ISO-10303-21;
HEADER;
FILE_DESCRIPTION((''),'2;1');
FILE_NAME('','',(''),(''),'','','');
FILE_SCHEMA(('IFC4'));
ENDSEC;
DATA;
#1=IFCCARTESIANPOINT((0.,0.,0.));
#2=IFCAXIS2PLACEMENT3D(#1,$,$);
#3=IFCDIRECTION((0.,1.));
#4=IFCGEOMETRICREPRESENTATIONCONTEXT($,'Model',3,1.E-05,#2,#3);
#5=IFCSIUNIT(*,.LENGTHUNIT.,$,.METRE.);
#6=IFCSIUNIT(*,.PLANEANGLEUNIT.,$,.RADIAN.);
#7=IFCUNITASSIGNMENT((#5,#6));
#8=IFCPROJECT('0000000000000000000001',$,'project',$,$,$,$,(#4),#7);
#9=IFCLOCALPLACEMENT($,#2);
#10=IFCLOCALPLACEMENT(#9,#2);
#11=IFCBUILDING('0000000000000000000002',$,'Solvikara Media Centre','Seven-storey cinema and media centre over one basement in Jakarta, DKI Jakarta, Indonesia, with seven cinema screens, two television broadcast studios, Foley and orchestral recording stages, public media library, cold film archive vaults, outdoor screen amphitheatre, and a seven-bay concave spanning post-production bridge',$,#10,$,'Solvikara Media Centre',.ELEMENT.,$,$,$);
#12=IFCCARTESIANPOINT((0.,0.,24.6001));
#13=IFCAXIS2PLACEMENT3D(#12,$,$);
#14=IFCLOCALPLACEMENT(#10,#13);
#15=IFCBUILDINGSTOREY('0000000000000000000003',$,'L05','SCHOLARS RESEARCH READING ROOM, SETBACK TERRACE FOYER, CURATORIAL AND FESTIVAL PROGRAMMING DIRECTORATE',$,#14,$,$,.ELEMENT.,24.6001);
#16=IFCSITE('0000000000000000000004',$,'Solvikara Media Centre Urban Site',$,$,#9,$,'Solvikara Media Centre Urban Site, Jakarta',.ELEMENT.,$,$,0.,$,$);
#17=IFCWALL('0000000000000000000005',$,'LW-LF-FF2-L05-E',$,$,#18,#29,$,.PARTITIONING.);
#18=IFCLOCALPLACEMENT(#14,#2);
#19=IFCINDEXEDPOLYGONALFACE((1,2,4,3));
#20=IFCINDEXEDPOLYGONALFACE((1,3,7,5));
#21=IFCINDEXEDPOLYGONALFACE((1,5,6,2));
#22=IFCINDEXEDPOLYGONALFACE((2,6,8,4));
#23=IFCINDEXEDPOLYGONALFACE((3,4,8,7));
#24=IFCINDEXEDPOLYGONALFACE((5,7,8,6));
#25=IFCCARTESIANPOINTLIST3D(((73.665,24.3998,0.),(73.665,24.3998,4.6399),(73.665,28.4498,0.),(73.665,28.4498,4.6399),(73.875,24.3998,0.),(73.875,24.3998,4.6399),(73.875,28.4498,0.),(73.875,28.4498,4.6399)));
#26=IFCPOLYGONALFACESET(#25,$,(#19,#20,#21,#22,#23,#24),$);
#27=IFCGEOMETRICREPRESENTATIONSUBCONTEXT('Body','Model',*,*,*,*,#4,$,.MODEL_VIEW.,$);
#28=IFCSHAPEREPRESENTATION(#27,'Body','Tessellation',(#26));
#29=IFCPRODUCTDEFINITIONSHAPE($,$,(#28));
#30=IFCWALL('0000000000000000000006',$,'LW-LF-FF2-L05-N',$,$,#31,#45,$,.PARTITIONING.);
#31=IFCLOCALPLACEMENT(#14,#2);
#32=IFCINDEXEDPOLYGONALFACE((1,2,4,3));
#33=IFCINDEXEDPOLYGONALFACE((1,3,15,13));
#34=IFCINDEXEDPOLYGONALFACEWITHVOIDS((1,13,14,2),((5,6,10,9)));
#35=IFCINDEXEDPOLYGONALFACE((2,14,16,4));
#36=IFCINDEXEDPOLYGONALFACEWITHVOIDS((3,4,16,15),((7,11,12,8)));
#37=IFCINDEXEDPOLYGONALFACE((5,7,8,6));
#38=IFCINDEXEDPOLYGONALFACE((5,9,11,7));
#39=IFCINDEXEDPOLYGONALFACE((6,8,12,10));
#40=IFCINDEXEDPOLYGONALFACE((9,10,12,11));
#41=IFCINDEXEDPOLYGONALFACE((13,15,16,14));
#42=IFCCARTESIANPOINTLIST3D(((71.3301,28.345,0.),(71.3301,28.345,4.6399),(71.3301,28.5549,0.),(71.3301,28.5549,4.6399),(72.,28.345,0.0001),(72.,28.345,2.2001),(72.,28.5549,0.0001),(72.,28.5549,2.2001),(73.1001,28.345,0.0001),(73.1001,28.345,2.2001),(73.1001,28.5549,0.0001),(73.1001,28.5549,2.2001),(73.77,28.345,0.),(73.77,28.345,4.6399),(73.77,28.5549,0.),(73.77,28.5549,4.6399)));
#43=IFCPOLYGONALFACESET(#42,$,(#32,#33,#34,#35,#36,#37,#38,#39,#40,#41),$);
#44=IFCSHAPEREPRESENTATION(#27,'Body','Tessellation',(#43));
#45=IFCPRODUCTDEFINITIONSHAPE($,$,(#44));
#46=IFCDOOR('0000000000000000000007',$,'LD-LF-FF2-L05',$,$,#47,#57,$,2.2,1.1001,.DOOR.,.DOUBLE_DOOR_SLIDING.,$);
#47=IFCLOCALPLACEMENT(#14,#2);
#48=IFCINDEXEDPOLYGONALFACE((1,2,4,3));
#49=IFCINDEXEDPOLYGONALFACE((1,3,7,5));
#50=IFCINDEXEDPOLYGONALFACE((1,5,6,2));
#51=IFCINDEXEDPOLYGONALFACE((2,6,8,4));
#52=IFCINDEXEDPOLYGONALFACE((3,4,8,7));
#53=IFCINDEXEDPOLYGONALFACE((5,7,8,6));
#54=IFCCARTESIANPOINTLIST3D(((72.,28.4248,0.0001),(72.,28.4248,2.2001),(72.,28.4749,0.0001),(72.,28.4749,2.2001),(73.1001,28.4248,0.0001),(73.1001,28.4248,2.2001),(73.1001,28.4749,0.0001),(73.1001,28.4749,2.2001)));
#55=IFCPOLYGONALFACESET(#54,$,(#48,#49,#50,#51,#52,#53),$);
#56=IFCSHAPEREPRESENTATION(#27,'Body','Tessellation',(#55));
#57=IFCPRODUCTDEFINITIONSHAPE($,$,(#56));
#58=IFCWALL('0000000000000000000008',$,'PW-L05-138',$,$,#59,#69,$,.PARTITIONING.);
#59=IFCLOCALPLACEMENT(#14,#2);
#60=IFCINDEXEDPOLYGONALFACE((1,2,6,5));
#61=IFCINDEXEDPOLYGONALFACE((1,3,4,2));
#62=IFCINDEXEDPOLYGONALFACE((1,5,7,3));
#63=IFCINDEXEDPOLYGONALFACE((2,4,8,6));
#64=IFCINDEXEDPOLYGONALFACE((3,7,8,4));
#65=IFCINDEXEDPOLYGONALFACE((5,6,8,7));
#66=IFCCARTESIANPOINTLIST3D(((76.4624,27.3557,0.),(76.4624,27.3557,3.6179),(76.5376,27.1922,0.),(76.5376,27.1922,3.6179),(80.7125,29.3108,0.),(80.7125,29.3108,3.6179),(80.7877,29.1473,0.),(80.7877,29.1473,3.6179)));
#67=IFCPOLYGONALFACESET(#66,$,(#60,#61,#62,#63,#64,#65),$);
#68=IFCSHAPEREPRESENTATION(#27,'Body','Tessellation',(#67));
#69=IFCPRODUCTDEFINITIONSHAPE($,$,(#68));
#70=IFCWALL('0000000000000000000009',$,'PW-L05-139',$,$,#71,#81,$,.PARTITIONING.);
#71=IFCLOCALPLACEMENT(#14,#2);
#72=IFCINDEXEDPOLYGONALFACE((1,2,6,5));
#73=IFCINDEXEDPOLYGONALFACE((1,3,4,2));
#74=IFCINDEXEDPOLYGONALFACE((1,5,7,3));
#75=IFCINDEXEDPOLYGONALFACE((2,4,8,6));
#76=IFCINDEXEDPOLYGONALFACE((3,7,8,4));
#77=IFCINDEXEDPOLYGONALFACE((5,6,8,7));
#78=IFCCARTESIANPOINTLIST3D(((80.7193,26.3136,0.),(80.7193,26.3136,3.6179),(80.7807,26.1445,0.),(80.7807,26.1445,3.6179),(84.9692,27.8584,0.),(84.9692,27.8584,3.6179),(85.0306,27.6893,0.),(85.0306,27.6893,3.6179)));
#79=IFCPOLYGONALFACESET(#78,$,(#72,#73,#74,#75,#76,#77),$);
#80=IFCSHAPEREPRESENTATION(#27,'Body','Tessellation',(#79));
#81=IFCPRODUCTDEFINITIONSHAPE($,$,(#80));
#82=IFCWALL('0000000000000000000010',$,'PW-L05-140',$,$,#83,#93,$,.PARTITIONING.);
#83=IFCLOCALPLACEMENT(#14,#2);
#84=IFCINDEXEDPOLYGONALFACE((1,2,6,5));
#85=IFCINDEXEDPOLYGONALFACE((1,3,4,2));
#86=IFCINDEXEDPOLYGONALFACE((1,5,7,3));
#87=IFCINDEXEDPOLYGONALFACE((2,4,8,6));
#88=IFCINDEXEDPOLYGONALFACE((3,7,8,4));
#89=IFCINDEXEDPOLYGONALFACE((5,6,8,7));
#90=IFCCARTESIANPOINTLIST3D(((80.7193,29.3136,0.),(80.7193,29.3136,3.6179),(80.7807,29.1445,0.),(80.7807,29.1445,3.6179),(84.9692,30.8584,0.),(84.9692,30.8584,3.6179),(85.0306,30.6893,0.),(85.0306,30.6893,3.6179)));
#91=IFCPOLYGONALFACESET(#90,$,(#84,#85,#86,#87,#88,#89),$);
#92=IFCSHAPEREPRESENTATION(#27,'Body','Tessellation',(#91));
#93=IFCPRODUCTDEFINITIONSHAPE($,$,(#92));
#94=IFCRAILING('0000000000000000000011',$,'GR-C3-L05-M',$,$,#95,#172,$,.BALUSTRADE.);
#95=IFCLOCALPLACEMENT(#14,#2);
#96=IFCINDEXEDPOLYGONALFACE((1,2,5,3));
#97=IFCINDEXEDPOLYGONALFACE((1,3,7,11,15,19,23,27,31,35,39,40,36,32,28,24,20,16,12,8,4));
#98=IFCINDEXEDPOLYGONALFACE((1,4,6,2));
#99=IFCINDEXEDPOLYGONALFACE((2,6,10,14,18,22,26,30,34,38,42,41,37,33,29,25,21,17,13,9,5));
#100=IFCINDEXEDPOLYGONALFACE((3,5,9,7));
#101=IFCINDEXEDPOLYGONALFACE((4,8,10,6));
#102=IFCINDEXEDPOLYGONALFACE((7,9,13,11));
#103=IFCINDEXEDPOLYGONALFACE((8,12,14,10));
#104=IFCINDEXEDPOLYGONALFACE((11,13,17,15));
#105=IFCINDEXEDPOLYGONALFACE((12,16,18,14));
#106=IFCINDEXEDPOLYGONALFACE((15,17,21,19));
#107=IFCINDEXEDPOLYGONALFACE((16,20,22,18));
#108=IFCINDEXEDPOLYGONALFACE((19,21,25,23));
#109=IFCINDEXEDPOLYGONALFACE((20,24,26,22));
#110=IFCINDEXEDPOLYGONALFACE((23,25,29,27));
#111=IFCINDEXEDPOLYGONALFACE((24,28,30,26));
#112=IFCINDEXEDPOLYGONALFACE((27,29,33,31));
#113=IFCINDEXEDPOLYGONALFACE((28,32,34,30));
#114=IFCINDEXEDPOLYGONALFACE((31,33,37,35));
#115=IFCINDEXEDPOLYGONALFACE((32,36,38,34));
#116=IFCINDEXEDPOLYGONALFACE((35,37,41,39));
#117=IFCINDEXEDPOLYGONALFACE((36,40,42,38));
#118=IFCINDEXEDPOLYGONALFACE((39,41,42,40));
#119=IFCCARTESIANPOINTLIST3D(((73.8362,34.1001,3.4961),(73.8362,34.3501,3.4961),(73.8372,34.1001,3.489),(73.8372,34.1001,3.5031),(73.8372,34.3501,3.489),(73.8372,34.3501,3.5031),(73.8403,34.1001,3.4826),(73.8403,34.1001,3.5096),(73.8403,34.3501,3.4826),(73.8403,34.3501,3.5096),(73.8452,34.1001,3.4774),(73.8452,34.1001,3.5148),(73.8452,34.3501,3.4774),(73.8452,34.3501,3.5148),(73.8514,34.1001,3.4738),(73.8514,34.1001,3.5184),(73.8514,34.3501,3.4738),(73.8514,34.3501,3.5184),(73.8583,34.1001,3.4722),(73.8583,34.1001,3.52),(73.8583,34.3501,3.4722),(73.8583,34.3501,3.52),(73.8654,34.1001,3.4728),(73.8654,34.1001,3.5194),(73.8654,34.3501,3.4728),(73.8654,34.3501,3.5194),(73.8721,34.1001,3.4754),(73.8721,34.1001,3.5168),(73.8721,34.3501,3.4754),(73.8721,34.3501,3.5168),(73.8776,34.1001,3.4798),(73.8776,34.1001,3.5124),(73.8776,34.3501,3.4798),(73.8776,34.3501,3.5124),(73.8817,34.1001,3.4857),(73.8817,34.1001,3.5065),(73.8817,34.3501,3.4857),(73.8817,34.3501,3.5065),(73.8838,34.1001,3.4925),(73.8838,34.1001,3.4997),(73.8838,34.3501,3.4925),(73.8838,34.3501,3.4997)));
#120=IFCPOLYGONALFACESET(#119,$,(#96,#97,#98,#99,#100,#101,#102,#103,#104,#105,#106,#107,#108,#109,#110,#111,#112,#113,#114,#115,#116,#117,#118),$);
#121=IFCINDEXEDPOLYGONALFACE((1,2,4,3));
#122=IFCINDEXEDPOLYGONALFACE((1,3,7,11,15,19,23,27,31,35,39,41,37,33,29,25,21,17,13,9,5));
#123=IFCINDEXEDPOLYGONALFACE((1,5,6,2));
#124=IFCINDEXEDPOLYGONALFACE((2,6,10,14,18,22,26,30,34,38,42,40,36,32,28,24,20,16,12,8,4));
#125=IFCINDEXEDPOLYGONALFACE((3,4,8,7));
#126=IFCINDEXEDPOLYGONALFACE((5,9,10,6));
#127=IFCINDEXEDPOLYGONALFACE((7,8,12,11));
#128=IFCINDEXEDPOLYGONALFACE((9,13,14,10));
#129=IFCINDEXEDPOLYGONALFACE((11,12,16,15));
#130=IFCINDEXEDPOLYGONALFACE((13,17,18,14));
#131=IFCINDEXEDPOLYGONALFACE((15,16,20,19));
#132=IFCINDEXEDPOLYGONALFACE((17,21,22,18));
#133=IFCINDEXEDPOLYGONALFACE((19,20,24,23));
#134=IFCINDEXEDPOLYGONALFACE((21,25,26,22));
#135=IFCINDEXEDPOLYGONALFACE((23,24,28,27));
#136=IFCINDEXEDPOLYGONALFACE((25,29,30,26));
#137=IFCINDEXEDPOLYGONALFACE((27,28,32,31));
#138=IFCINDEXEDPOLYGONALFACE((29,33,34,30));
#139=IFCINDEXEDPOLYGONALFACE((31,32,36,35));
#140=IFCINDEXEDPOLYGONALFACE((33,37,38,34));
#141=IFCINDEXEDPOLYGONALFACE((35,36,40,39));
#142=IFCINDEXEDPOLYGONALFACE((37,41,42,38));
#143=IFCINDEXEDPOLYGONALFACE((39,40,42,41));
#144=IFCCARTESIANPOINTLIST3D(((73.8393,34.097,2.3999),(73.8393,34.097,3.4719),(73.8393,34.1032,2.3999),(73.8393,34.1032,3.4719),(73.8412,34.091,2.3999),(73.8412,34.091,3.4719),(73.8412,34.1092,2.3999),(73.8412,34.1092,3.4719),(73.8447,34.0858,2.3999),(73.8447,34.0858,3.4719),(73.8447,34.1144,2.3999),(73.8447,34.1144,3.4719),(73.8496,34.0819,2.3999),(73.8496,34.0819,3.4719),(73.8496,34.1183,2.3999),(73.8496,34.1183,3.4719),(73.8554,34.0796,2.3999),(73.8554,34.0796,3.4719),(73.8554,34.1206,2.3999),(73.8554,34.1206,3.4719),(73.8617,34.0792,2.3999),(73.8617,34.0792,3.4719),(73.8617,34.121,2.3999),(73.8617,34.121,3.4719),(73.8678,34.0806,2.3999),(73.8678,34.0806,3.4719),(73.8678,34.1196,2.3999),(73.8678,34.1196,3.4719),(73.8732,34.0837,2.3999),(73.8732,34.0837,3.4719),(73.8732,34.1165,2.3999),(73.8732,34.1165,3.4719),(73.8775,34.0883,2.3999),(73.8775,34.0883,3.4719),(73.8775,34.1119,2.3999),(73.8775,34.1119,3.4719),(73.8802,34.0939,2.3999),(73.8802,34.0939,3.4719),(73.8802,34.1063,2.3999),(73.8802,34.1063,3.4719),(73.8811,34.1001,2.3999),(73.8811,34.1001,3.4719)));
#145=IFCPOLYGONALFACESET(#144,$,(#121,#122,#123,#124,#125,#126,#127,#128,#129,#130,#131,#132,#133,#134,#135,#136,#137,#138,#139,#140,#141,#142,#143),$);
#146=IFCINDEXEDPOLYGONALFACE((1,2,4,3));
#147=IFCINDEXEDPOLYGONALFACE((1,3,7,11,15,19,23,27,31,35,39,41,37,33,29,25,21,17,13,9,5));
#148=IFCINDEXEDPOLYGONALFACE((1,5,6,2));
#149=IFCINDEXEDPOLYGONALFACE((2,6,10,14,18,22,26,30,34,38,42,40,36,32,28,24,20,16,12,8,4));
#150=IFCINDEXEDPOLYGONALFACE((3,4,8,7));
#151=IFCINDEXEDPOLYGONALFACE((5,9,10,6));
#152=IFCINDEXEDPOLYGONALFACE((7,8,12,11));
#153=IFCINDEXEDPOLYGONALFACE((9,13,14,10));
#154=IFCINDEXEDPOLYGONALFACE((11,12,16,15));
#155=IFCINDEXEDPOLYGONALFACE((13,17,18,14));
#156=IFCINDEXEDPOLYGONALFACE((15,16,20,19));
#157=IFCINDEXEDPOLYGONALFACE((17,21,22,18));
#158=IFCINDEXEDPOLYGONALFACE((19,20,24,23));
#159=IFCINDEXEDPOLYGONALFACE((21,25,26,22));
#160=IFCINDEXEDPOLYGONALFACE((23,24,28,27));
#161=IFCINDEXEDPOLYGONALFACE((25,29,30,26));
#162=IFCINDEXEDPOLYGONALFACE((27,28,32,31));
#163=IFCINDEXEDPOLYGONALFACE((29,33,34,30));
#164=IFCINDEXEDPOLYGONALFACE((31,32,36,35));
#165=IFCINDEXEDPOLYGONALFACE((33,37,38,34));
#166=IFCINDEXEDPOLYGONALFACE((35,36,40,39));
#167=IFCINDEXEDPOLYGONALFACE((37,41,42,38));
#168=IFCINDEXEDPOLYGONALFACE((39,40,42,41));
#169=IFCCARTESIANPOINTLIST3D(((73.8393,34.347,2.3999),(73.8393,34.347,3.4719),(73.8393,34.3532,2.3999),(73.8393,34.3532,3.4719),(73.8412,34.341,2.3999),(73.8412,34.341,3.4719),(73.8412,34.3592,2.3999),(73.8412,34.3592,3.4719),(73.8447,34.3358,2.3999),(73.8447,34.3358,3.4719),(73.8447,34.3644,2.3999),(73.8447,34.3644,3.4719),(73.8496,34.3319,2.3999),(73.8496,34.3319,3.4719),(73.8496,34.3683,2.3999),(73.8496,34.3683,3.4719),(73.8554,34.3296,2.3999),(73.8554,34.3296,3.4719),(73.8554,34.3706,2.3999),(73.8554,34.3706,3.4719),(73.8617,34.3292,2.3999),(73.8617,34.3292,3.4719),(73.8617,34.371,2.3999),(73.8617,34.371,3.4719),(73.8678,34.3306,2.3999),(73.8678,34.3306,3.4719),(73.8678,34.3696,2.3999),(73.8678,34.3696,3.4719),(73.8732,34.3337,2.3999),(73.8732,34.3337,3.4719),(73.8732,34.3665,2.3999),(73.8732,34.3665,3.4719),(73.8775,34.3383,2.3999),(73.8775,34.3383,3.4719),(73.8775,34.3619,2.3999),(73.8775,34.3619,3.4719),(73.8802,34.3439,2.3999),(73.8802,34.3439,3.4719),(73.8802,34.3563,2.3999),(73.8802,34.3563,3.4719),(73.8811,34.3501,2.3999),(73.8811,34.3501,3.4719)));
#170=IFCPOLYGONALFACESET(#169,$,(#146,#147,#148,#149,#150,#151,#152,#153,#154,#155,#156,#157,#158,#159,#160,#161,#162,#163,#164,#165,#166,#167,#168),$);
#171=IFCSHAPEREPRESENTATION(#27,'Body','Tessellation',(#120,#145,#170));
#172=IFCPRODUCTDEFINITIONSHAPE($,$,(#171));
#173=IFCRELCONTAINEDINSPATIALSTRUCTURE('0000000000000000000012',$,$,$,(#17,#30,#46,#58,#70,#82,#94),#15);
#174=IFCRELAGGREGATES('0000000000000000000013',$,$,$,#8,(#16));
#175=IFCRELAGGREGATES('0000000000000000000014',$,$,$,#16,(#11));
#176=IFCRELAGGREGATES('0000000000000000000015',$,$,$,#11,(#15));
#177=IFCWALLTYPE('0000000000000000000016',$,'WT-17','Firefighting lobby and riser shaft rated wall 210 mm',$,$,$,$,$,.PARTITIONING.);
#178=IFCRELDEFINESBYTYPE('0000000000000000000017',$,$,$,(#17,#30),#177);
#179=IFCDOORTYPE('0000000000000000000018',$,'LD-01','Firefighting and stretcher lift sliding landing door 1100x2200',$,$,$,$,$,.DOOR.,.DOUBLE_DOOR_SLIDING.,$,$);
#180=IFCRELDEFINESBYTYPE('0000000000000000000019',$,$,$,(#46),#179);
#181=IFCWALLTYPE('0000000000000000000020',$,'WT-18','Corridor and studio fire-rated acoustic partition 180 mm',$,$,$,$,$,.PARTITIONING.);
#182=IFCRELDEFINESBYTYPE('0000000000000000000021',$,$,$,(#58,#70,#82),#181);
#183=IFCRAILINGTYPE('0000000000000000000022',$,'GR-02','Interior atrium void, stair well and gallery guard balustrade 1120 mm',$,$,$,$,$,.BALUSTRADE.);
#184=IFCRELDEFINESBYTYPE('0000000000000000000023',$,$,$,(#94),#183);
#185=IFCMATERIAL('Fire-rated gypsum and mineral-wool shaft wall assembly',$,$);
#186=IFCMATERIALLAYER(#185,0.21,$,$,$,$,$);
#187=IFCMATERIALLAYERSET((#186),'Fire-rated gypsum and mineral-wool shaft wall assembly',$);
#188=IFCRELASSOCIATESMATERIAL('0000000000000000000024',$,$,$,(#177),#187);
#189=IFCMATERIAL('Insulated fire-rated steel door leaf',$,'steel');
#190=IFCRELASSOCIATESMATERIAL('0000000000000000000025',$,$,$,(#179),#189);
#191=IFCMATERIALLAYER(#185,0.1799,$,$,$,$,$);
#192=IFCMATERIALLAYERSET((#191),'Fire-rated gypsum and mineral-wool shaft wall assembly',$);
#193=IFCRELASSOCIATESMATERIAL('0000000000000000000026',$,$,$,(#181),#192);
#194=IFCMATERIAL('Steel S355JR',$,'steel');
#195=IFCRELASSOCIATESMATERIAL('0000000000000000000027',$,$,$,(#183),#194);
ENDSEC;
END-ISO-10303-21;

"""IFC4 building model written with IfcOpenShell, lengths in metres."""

from ifc_helpers import new_model, si_unit, direction, frame, frame_2d, origin, origin_2d, place, context, subcontext, project, spatial, rectangle, circle, extrude, material, layer, layer_set, type_object, element, fill, save


model = new_model("IFC4")

# Units and contexts
model_context = context("Model", 3, precision=1e-05, world=origin(), true_north=direction((0.0, 1.0)))
body_context = subcontext(model_context, "Body", "Model", "MODEL_VIEW")
ifc_project = project(units=[si_unit("LENGTHUNIT", "METRE"), si_unit("PLANEANGLEUNIT", "RADIAN")], contexts=[model_context])

# Site, building, storey
site_placement = place(None, origin())
site = spatial("IfcSite", under=ifc_project, at=site_placement, Name="Solvikara Media Centre Urban Site", LongName="Solvikara Media Centre Urban Site, Jakarta", CompositionType="ELEMENT", RefElevation=0.0)
building_placement = place(site_placement, origin())
building = spatial("IfcBuilding", under=site, at=building_placement, Name="Solvikara Media Centre", Description="Seven-storey cinema and media centre over one basement in Jakarta, DKI Jakarta, Indonesia, with seven cinema screens, two television broadcast studios, Foley and orchestral recording stages, public media library, cold film archive vaults, outdoor screen amphitheatre, and a seven-bay concave spanning post-production bridge", LongName="Solvikara Media Centre", CompositionType="ELEMENT")
storey_placement = place(building_placement, frame((0.0, 0.0, 24.6001)))
storey = spatial("IfcBuildingStorey", under=building, at=storey_placement, Name="L05", Description="SCHOLARS RESEARCH READING ROOM, SETBACK TERRACE FOYER, CURATORIAL AND FESTIVAL PROGRAMMING DIRECTORATE", CompositionType="ELEMENT", Elevation=24.6001)

# Shared definitions
ifc_material_1 = material(Name="Steel S355JR", Category="steel")

# Wall
ifc_material_2 = material(Name="Fire-rated gypsum and mineral-wool shaft wall assembly")
ifc_layer_1 = layer(ifc_material_2, 0.21)
ifc_layer_set_1 = layer_set([ifc_layer_1], Name="Fire-rated gypsum and mineral-wool shaft wall assembly")
wall_type_1 = type_object("IfcWallType", Name="WT-17", Description="Firefighting lobby and riser shaft rated wall 210 mm", PredefinedType="PARTITIONING", material=ifc_layer_set_1)
for number, where, z_axis, x_axis, name in (
    (1, (73.77, 24.3999, 0.0), (0.0, 0.0, 1.0), (0.0, 1.0, 0.0), "LW-LF-FF2-L05-E"),
):
    element("IfcWall", number, at=place(storey_placement, frame(where, z_axis=z_axis, x_axis=x_axis)), inside=storey, type_object=wall_type_1, Name=name, PredefinedType="PARTITIONING", context=body_context, shape_type="SweptSolid", body=[
        extrude(rectangle(XDim=4.05, YDim=0.21, at=frame_2d((2.0249, 0.0))), origin(), (0.0, 0.0, 1.0), 4.6399),
    ])

# Wall, opening, door
wall_1_placement = place(storey_placement, frame((71.3301, 28.45, 0.0), z_axis=(0.0, 0.0, 1.0), x_axis=(1.0, 0.0, 0.0)))
wall_1 = element("IfcWall", 2, at=wall_1_placement, inside=storey, type_object=wall_type_1, Name="LW-LF-FF2-L05-N", PredefinedType="PARTITIONING", context=body_context, shape_type="SweptSolid", body=[
    extrude(rectangle(XDim=2.4399, YDim=0.21, at=frame_2d((1.22, 0.0))), origin(), (0.0, 0.0, 1.0), 4.6399),
])
opening_placement = place(wall_1_placement, frame((0.6699, 0.0, 0.0)))
opening = element("IfcOpeningElement", 3, at=opening_placement, cuts=wall_1, PredefinedType="OPENING", context=body_context, shape_type="SweptSolid", body=[
    extrude(rectangle(XDim=1.1001, YDim=2.2, at=frame_2d((0.55, 1.1001))), frame((0.0, 0.1169, 0.0), z_axis=(0.0, -1.0, 0.0), x_axis=(1.0, 0.0, 0.0)), (0.0, 0.0, 1.0), 0.2339),
])
ifc_material_3 = material(Name="Insulated fire-rated steel door leaf", Category="steel")
door_type = type_object("IfcDoorType", Name="LD-01", Description="Firefighting and stretcher lift sliding landing door 1100x2200", OperationType="DOUBLE_DOOR_SLIDING", PredefinedType="DOOR", material=ifc_material_3)
door_placement = place(opening_placement, origin())
door = element("IfcDoor", 4, at=door_placement, inside=storey, type_object=door_type, Name="LD-LF-FF2-L05", OperationType="DOUBLE_DOOR_SLIDING", OverallHeight=2.2, OverallWidth=1.1001, PredefinedType="DOOR", context=body_context, shape_type="SweptSolid", body=[
    extrude(rectangle(XDim=1.1001, YDim=2.2, at=frame_2d((0.55, 1.1001))), frame((0.0, 0.0249, 0.0), z_axis=(0.0, -1.0, 0.0), x_axis=(1.0, 0.0, 0.0)), (0.0, 0.0, 1.0), 0.05),
])
fill(opening, door)

# Walls
ifc_layer_2 = layer(ifc_material_2, 0.1799)
ifc_layer_set_2 = layer_set([ifc_layer_2], Name="Fire-rated gypsum and mineral-wool shaft wall assembly")
wall_type_2 = type_object("IfcWallType", Name="WT-18", Description="Corridor and studio fire-rated acoustic partition 180 mm", PredefinedType="PARTITIONING", material=ifc_layer_set_2)
wall_2_placement = place(storey_placement, frame((76.5, 27.2739, 0.0), z_axis=(0.0, 0.0, 1.0), x_axis=(0.908484, 0.417919, 0.0)))
element("IfcWall", 5, at=wall_2_placement, inside=storey, type_object=wall_type_2, Name="PW-L05-138", PredefinedType="PARTITIONING", context=body_context, shape_type="SweptSolid", body=[
    extrude(rectangle(XDim=4.6782, YDim=0.1799, at=frame_2d((2.3391, 0.0))), origin(), (0.0, 0.0, 1.0), 3.6179),
])
for number, where, z_axis, x_axis, name in (
    (6, (80.75, 26.229, 0.0), (0.0, 0.0, 1.0), (0.939831, 0.341639, 0.0), "PW-L05-139"),
    (7, (80.75, 29.229, 0.0), (0.0, 0.0, 1.0), (0.939831, 0.341639, 0.0), "PW-L05-140"),
):
    element("IfcWall", number, at=place(storey_placement, frame(where, z_axis=z_axis, x_axis=x_axis)), inside=storey, type_object=wall_type_2, Name=name, PredefinedType="PARTITIONING", context=body_context, shape_type="SweptSolid", body=[
        extrude(rectangle(XDim=4.522, YDim=0.1799, at=frame_2d((2.261, 0.0))), origin(), (0.0, 0.0, 1.0), 3.6179),
    ])

# Railing
railing_type = type_object("IfcRailingType", Name="GR-02", Description="Interior atrium void, stair well and gallery guard balustrade 1120 mm", PredefinedType="BALUSTRADE", material=ifc_material_1)
railing_placement = place(storey_placement, frame((73.8601, 34.1001, 2.3999)))
element("IfcRailing", 8, at=railing_placement, inside=storey, type_object=railing_type, Name="GR-C3-L05-M", PredefinedType="BALUSTRADE", context=body_context, shape_type="SweptSolid", body=[
    extrude(circle(Radius=0.0239, at=origin_2d()), frame((0.0, 0.0, 1.0962), z_axis=(0.0, 1.0, 0.0), x_axis=(-1.0, 0.0, 0.0)), (0.0, 0.0, 1.0), 0.25),
    extrude(circle(Radius=0.021, at=origin_2d()), origin(), (0.0, 0.0, 1.0), 1.072),
    extrude(circle(Radius=0.021, at=origin_2d()), frame((0.0, 0.25, 0.0)), (0.0, 0.0, 1.0), 1.072),
])

save(model, "model.ifc")
